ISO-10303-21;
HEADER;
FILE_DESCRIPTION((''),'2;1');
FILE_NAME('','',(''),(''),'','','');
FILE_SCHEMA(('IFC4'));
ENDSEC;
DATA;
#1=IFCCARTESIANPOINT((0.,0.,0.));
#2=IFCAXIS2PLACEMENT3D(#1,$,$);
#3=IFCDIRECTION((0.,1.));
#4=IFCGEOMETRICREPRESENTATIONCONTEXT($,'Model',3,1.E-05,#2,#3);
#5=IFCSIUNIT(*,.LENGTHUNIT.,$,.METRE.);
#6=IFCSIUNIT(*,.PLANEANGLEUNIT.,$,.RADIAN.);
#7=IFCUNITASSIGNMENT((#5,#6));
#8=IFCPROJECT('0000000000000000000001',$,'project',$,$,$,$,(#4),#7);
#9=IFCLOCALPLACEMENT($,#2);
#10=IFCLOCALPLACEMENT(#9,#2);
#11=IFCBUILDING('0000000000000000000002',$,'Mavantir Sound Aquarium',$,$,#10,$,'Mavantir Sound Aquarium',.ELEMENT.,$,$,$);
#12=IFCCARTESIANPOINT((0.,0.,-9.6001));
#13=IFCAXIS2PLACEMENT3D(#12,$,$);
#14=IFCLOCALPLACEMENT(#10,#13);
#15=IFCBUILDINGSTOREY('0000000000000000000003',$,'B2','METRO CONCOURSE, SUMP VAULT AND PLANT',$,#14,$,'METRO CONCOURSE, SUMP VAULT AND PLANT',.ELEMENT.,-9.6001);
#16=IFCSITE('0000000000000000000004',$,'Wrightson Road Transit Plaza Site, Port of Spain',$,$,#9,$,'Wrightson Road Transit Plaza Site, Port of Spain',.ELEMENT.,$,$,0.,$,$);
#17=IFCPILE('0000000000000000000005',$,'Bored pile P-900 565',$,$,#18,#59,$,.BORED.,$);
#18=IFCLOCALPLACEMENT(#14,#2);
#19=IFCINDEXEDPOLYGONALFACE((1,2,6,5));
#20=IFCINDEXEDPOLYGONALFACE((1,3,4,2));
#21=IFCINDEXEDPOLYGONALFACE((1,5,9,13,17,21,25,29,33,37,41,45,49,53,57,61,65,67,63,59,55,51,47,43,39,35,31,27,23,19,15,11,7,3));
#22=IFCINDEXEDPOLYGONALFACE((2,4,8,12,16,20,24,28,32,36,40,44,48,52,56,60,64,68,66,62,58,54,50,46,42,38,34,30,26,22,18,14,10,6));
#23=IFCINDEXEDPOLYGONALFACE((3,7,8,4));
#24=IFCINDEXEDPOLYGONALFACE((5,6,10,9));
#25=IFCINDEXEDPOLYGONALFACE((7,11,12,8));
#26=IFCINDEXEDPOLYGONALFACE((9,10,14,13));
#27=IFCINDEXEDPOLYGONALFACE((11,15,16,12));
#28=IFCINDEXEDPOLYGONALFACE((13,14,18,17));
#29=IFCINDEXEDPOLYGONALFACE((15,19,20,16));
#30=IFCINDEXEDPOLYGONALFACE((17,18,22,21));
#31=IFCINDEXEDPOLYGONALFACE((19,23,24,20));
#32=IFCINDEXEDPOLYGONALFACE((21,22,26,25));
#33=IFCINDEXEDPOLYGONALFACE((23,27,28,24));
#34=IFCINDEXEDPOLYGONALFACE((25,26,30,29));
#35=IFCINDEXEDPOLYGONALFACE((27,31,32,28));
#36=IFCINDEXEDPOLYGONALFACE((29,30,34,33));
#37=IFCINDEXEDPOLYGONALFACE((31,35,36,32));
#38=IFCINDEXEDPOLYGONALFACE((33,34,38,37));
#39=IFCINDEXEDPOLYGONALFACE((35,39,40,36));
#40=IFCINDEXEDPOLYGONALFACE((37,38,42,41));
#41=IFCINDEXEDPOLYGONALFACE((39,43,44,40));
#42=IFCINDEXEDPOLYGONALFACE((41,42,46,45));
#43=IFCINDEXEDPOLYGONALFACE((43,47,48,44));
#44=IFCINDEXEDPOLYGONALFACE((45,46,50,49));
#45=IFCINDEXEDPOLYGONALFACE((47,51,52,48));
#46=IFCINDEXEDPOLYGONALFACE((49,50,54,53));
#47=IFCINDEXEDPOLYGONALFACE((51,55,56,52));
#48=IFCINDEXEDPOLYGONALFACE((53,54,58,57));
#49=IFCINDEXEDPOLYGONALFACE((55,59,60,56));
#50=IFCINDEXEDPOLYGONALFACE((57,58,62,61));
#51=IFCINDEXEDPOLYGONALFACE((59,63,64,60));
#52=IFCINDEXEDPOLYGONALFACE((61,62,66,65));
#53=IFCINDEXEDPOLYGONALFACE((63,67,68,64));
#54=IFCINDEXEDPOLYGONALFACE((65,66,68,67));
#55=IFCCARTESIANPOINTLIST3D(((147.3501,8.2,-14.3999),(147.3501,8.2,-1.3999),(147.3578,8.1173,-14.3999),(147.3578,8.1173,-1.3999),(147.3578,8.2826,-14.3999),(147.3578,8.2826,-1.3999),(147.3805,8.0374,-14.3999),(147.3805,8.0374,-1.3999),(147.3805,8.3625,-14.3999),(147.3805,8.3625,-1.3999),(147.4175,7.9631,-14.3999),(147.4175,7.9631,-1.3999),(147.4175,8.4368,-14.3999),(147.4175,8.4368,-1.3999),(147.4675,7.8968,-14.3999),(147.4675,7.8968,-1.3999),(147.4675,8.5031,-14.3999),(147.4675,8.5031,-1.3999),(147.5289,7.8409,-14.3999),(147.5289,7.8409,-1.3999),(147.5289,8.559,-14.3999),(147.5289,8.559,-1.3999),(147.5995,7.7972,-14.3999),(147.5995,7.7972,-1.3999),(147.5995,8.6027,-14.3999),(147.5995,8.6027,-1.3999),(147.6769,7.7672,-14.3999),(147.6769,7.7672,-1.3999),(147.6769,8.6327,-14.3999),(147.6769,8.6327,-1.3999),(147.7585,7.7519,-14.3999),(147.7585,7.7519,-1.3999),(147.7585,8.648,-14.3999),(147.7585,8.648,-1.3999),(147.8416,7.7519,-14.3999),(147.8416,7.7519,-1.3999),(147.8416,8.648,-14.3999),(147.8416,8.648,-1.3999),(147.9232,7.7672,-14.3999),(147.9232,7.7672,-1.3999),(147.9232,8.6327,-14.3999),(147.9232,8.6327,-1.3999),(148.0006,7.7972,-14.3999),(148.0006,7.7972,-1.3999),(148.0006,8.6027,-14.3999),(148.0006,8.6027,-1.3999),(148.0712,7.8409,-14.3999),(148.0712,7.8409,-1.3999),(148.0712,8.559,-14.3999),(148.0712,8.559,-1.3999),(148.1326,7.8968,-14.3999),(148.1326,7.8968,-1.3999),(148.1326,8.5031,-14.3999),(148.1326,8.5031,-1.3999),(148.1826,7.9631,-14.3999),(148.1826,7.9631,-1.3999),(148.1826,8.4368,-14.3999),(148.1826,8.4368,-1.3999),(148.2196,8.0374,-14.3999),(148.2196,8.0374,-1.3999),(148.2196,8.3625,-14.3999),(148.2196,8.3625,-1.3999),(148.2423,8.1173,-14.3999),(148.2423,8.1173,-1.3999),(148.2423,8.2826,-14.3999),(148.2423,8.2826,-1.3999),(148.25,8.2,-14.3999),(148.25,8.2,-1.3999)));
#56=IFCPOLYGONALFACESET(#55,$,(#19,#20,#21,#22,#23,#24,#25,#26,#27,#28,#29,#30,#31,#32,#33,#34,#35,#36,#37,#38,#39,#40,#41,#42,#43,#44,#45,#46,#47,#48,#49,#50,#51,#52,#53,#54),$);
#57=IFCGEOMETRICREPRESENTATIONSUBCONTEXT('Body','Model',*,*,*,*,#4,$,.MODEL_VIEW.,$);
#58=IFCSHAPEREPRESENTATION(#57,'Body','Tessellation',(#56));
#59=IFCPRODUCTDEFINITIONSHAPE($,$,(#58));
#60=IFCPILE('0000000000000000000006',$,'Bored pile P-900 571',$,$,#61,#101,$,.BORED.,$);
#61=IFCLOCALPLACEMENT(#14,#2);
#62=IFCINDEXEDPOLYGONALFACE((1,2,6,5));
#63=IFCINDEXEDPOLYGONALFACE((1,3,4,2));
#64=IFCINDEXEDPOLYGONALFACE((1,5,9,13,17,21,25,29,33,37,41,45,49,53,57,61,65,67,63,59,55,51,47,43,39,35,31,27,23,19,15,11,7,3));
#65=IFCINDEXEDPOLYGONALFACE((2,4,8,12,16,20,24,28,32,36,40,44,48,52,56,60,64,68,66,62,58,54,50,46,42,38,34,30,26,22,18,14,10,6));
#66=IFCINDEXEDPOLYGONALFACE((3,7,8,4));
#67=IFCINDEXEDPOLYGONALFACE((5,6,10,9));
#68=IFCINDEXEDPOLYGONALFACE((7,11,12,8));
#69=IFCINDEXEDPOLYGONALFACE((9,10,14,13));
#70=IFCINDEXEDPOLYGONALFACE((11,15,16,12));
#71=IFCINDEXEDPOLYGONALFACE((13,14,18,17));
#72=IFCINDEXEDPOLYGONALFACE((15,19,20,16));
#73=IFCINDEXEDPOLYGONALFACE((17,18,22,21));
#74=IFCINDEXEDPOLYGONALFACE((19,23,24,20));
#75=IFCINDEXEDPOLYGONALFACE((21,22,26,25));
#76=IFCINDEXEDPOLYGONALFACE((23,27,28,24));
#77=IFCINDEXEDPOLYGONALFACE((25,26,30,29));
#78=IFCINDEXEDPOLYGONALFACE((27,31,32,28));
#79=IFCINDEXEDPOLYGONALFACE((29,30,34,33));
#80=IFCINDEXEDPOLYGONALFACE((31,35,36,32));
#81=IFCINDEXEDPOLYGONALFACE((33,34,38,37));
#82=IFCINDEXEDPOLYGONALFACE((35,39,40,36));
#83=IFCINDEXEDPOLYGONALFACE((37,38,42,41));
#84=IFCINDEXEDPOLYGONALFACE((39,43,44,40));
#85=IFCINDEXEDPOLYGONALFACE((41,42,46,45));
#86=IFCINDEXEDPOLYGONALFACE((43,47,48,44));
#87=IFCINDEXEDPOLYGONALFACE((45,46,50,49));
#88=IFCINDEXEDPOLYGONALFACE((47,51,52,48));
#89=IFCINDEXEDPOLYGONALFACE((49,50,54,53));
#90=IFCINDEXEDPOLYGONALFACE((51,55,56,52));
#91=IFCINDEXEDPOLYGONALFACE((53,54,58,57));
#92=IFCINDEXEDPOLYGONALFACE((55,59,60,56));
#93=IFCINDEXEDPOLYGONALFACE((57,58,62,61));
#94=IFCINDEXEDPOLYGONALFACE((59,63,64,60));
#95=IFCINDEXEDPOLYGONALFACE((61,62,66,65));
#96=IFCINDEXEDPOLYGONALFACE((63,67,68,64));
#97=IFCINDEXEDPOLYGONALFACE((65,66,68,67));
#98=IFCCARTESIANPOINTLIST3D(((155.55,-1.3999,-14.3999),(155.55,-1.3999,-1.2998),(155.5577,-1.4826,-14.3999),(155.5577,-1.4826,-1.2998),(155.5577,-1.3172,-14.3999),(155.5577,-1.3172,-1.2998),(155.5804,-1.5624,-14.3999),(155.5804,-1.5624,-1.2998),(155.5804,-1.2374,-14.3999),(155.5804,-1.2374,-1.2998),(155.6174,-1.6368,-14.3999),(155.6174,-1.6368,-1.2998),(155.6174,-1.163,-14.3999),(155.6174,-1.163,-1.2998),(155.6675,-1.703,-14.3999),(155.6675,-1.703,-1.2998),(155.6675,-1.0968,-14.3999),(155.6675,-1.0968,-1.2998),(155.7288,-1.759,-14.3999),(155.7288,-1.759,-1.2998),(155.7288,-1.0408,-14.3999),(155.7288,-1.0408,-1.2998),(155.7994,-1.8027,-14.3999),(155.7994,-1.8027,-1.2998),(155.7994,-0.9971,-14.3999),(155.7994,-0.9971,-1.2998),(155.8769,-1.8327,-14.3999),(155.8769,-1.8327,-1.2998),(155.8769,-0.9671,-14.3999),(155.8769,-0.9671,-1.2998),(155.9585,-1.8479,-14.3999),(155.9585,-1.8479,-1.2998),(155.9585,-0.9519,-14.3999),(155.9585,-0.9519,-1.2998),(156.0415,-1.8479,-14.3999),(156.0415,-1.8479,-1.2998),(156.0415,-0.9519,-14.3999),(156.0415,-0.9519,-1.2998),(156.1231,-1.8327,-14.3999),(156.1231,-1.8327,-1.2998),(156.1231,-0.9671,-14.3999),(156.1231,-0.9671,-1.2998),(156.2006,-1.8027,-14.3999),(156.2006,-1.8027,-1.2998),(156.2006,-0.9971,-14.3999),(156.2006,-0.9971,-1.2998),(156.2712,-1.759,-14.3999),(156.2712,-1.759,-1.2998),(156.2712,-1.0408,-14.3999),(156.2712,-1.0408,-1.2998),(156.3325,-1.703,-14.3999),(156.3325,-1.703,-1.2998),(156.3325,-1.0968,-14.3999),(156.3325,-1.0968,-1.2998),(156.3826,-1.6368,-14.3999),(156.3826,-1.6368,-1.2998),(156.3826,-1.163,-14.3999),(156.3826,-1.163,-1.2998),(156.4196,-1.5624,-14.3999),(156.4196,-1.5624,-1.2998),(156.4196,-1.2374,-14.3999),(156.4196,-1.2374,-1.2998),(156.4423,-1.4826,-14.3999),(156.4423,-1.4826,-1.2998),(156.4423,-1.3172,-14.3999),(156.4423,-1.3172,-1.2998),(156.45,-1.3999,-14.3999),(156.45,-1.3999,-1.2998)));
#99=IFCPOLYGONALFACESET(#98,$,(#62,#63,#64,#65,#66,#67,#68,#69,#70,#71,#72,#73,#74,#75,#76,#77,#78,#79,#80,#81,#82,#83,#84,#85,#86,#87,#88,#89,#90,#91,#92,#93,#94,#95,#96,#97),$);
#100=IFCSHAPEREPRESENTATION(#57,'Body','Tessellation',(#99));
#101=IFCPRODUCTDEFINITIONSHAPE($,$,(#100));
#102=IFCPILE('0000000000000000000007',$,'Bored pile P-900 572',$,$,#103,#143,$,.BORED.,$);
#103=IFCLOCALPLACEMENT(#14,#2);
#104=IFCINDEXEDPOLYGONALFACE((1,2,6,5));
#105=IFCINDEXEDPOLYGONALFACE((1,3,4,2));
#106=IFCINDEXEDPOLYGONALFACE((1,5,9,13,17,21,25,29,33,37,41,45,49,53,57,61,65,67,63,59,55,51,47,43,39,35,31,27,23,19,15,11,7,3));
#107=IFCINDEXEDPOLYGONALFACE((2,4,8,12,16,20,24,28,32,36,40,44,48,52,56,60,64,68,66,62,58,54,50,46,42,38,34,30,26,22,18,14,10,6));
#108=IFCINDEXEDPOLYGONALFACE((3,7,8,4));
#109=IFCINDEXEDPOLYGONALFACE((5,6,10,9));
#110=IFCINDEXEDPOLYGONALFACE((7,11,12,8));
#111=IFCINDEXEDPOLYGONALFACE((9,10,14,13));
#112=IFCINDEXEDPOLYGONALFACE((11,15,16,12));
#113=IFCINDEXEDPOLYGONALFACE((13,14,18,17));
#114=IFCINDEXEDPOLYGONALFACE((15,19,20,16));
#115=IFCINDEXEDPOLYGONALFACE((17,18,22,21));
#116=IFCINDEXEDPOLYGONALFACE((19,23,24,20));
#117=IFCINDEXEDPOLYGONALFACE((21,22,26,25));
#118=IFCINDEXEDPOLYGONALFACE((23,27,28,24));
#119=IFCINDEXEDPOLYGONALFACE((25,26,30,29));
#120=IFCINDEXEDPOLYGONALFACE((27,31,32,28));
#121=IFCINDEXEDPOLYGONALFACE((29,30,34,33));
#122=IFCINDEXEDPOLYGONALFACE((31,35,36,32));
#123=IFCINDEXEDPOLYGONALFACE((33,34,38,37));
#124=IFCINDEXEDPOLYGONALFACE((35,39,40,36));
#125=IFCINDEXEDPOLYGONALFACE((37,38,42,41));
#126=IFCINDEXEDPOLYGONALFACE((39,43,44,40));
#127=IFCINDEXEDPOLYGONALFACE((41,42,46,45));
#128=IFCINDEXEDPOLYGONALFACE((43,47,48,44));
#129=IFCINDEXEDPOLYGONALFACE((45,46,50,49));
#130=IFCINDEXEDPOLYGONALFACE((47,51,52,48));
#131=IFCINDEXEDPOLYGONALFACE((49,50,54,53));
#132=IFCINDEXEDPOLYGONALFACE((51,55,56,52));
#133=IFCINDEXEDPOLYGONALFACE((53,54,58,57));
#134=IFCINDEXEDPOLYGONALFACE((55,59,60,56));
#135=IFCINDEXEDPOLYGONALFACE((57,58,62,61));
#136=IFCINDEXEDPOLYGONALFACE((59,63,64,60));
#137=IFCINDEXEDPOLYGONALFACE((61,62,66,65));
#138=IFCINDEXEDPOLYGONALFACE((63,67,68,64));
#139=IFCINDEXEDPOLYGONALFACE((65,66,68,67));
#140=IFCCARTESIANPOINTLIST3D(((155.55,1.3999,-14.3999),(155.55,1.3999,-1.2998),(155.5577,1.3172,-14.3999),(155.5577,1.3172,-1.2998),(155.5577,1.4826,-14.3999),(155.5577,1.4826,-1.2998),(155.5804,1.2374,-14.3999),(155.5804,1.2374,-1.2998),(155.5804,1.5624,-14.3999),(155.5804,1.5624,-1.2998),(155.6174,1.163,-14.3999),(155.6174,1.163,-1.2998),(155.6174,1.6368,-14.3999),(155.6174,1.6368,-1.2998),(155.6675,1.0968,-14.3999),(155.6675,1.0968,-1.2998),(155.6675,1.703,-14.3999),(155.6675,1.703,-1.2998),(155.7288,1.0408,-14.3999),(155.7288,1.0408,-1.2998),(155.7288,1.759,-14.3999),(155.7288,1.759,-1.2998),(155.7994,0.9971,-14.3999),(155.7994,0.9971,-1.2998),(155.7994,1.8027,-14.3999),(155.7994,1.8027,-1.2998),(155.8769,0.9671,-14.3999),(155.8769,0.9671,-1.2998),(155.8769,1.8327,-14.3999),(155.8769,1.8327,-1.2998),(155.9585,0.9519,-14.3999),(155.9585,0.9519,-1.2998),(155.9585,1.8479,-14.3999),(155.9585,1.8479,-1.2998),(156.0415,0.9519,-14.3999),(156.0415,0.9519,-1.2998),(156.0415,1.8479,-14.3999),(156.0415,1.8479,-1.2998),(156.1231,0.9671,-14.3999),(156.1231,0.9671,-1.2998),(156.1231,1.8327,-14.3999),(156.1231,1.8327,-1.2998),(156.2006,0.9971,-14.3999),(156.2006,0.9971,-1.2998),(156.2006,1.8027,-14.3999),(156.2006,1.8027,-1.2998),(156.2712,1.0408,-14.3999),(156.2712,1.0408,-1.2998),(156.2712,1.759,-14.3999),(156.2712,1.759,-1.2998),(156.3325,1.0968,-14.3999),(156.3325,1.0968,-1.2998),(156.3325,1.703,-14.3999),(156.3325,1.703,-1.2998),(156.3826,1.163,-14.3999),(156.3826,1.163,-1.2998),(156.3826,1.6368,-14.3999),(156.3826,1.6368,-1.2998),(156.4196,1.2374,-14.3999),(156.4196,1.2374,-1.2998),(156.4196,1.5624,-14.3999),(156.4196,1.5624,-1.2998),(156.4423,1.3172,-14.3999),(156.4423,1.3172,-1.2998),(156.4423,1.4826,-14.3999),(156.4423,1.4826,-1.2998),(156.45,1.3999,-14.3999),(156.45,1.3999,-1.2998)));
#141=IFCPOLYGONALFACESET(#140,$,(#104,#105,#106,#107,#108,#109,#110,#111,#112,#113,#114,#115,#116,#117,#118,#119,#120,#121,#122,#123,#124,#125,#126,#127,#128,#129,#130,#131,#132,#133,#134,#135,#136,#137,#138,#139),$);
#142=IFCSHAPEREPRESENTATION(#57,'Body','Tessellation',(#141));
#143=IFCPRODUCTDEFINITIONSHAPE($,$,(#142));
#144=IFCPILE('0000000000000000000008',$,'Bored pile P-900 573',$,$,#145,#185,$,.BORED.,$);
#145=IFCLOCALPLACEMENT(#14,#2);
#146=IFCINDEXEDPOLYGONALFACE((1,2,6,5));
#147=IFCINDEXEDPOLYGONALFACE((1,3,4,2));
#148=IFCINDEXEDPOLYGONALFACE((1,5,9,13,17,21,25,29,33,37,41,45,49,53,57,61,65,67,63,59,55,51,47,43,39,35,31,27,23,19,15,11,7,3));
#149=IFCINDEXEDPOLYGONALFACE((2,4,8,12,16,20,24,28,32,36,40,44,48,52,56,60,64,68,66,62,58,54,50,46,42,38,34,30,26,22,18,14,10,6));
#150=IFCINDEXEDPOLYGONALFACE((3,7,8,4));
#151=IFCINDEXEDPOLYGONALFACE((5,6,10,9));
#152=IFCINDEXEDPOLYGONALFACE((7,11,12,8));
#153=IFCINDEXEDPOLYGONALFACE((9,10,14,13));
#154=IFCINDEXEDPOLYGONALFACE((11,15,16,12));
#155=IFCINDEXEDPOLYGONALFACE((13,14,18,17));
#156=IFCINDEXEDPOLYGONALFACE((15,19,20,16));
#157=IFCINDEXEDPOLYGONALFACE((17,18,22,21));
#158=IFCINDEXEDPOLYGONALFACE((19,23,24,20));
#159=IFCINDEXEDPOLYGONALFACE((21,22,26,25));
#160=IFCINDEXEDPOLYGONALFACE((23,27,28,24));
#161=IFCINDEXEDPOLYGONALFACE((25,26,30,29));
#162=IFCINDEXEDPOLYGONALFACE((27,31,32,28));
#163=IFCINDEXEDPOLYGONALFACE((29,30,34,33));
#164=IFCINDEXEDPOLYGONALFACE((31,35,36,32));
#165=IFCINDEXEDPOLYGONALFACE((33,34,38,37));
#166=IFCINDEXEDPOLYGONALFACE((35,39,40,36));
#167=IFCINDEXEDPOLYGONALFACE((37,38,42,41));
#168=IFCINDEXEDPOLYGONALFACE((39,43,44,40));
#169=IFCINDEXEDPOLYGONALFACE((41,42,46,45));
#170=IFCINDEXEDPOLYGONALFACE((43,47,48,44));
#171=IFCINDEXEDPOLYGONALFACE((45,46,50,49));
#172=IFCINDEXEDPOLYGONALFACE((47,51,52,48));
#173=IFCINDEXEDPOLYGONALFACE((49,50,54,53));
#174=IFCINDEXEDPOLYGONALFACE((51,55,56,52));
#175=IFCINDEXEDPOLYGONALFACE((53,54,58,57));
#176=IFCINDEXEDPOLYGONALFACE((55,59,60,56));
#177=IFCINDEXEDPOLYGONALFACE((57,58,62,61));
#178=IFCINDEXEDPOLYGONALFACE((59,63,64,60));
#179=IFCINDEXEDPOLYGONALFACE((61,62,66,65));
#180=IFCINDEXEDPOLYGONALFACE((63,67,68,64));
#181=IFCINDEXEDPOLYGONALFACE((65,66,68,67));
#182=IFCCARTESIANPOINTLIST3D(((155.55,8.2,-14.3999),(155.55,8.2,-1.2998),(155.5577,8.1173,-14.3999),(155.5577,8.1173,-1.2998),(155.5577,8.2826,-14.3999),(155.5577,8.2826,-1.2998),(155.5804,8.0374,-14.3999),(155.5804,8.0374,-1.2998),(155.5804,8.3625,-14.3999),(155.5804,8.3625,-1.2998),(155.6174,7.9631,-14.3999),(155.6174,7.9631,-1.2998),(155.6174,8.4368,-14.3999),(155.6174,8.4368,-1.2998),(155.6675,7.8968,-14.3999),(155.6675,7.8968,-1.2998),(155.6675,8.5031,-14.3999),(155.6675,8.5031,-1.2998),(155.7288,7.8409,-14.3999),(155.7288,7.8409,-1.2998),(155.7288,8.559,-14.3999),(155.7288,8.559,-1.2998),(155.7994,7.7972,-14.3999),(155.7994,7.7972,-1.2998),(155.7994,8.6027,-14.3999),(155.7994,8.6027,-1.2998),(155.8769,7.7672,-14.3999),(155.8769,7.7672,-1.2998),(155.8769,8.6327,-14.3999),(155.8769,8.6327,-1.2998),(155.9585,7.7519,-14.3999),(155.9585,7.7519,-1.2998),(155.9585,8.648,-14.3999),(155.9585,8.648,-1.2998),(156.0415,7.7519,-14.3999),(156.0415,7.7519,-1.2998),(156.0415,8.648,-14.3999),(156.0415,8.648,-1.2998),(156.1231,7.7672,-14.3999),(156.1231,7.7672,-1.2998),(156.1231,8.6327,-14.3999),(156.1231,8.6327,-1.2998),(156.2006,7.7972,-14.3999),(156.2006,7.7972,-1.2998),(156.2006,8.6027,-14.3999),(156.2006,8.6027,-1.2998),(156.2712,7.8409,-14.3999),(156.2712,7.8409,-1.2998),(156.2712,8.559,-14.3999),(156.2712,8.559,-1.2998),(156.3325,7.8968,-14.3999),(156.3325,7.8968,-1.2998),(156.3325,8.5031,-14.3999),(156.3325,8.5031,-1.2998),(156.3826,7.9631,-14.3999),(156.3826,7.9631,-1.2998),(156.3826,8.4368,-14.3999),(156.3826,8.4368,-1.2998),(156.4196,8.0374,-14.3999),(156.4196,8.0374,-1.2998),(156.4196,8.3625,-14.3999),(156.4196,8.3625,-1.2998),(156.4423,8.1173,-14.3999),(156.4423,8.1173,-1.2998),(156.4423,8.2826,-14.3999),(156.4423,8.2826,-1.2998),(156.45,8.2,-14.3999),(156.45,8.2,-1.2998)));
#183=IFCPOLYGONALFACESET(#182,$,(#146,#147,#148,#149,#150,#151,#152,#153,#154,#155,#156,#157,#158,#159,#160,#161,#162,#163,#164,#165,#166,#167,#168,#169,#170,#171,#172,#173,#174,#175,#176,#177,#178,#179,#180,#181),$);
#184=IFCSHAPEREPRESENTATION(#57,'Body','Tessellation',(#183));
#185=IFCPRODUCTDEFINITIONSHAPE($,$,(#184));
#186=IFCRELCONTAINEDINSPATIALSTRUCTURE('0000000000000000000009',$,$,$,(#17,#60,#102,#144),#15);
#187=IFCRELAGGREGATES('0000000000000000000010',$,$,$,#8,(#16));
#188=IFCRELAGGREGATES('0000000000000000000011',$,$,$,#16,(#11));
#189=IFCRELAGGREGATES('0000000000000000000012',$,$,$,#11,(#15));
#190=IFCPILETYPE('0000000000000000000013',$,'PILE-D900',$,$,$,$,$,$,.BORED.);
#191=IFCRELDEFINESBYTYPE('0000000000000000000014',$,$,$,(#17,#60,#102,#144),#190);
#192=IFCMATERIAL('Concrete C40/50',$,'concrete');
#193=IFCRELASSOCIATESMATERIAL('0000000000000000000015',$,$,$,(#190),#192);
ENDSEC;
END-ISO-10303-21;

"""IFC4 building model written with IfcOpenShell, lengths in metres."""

from ifc_helpers import new_model, si_unit, direction, frame, origin, origin_2d, place, context, subcontext, project, spatial, circle, extrude, material, material_profile, profile_set, type_object, element, save


model = new_model("IFC4")

# Units and contexts
model_context = context("Model", 3, precision=1e-05, world=origin(), true_north=direction((0.0, 1.0)))
body_context = subcontext(model_context, "Body", "Model", "MODEL_VIEW")
ifc_project = project(units=[si_unit("LENGTHUNIT", "METRE"), si_unit("PLANEANGLEUNIT", "RADIAN")], contexts=[model_context])

# Site, building, storey
site_placement = place(None, origin())
site = spatial("IfcSite", under=ifc_project, at=site_placement, Name="Wrightson Road Transit Plaza Site, Port of Spain", LongName="Wrightson Road Transit Plaza Site, Port of Spain", CompositionType="ELEMENT", RefElevation=0.0)
building_placement = place(site_placement, origin())
building = spatial("IfcBuilding", under=site, at=building_placement, Name="Mavantir Sound Aquarium", LongName="Mavantir Sound Aquarium", CompositionType="ELEMENT")
storey_placement = place(building_placement, frame((0.0, 0.0, -9.6001)))
storey = spatial("IfcBuildingStorey", under=building, at=storey_placement, Name="B2", Description="METRO CONCOURSE, SUMP VAULT AND PLANT", LongName="METRO CONCOURSE, SUMP VAULT AND PLANT", CompositionType="ELEMENT", Elevation=-9.6001)

# Shared definitions
ifc_material_1 = material(Name="Concrete C40/50", Category="concrete")

# Piles
ifc_material_profile_1 = material_profile(ifc_material_1, circle(Radius=0.45, at=origin_2d()), Name="PILE D900")
ifc_profile_set_1 = profile_set([ifc_material_profile_1], Name="Concrete C40/50")
pile_type = type_object("IfcPileType", Name="PILE-D900", PredefinedType="BORED", material=ifc_profile_set_1)
pile_1_placement = place(storey_placement, frame((147.8, 8.2, -1.3999), z_axis=(0.0, 0.0, -1.0), x_axis=(1.0, 0.0, 0.0)))
element("IfcPile", 1, at=pile_1_placement, inside=storey, type_object=pile_type, Name="Bored pile P-900 565", PredefinedType="BORED", context=body_context, shape_type="SweptSolid", body=[
    extrude(circle(Radius=0.45, at=origin_2d()), origin(), (0.0, 0.0, 1.0), 13.0),
])
for number, where, z_axis, x_axis, name in (
    (2, (156.0, -1.3999, -1.2998), (0.0, 0.0, -1.0), (1.0, 0.0, 0.0), "Bored pile P-900 571"),
    (3, (156.0, 1.3999, -1.2998), (0.0, 0.0, -1.0), (1.0, 0.0, 0.0), "Bored pile P-900 572"),
    (4, (156.0, 8.2, -1.2998), (0.0, 0.0, -1.0), (1.0, 0.0, 0.0), "Bored pile P-900 573"),
):
    element("IfcPile", number, at=place(storey_placement, frame(where, z_axis=z_axis, x_axis=x_axis)), inside=storey, type_object=pile_type, Name=name, PredefinedType="BORED", context=body_context, shape_type="SweptSolid", body=[
        extrude(circle(Radius=0.45, at=origin_2d()), origin(), (0.0, 0.0, 1.0), 13.1001),
    ])

save(model, "model.ifc")
